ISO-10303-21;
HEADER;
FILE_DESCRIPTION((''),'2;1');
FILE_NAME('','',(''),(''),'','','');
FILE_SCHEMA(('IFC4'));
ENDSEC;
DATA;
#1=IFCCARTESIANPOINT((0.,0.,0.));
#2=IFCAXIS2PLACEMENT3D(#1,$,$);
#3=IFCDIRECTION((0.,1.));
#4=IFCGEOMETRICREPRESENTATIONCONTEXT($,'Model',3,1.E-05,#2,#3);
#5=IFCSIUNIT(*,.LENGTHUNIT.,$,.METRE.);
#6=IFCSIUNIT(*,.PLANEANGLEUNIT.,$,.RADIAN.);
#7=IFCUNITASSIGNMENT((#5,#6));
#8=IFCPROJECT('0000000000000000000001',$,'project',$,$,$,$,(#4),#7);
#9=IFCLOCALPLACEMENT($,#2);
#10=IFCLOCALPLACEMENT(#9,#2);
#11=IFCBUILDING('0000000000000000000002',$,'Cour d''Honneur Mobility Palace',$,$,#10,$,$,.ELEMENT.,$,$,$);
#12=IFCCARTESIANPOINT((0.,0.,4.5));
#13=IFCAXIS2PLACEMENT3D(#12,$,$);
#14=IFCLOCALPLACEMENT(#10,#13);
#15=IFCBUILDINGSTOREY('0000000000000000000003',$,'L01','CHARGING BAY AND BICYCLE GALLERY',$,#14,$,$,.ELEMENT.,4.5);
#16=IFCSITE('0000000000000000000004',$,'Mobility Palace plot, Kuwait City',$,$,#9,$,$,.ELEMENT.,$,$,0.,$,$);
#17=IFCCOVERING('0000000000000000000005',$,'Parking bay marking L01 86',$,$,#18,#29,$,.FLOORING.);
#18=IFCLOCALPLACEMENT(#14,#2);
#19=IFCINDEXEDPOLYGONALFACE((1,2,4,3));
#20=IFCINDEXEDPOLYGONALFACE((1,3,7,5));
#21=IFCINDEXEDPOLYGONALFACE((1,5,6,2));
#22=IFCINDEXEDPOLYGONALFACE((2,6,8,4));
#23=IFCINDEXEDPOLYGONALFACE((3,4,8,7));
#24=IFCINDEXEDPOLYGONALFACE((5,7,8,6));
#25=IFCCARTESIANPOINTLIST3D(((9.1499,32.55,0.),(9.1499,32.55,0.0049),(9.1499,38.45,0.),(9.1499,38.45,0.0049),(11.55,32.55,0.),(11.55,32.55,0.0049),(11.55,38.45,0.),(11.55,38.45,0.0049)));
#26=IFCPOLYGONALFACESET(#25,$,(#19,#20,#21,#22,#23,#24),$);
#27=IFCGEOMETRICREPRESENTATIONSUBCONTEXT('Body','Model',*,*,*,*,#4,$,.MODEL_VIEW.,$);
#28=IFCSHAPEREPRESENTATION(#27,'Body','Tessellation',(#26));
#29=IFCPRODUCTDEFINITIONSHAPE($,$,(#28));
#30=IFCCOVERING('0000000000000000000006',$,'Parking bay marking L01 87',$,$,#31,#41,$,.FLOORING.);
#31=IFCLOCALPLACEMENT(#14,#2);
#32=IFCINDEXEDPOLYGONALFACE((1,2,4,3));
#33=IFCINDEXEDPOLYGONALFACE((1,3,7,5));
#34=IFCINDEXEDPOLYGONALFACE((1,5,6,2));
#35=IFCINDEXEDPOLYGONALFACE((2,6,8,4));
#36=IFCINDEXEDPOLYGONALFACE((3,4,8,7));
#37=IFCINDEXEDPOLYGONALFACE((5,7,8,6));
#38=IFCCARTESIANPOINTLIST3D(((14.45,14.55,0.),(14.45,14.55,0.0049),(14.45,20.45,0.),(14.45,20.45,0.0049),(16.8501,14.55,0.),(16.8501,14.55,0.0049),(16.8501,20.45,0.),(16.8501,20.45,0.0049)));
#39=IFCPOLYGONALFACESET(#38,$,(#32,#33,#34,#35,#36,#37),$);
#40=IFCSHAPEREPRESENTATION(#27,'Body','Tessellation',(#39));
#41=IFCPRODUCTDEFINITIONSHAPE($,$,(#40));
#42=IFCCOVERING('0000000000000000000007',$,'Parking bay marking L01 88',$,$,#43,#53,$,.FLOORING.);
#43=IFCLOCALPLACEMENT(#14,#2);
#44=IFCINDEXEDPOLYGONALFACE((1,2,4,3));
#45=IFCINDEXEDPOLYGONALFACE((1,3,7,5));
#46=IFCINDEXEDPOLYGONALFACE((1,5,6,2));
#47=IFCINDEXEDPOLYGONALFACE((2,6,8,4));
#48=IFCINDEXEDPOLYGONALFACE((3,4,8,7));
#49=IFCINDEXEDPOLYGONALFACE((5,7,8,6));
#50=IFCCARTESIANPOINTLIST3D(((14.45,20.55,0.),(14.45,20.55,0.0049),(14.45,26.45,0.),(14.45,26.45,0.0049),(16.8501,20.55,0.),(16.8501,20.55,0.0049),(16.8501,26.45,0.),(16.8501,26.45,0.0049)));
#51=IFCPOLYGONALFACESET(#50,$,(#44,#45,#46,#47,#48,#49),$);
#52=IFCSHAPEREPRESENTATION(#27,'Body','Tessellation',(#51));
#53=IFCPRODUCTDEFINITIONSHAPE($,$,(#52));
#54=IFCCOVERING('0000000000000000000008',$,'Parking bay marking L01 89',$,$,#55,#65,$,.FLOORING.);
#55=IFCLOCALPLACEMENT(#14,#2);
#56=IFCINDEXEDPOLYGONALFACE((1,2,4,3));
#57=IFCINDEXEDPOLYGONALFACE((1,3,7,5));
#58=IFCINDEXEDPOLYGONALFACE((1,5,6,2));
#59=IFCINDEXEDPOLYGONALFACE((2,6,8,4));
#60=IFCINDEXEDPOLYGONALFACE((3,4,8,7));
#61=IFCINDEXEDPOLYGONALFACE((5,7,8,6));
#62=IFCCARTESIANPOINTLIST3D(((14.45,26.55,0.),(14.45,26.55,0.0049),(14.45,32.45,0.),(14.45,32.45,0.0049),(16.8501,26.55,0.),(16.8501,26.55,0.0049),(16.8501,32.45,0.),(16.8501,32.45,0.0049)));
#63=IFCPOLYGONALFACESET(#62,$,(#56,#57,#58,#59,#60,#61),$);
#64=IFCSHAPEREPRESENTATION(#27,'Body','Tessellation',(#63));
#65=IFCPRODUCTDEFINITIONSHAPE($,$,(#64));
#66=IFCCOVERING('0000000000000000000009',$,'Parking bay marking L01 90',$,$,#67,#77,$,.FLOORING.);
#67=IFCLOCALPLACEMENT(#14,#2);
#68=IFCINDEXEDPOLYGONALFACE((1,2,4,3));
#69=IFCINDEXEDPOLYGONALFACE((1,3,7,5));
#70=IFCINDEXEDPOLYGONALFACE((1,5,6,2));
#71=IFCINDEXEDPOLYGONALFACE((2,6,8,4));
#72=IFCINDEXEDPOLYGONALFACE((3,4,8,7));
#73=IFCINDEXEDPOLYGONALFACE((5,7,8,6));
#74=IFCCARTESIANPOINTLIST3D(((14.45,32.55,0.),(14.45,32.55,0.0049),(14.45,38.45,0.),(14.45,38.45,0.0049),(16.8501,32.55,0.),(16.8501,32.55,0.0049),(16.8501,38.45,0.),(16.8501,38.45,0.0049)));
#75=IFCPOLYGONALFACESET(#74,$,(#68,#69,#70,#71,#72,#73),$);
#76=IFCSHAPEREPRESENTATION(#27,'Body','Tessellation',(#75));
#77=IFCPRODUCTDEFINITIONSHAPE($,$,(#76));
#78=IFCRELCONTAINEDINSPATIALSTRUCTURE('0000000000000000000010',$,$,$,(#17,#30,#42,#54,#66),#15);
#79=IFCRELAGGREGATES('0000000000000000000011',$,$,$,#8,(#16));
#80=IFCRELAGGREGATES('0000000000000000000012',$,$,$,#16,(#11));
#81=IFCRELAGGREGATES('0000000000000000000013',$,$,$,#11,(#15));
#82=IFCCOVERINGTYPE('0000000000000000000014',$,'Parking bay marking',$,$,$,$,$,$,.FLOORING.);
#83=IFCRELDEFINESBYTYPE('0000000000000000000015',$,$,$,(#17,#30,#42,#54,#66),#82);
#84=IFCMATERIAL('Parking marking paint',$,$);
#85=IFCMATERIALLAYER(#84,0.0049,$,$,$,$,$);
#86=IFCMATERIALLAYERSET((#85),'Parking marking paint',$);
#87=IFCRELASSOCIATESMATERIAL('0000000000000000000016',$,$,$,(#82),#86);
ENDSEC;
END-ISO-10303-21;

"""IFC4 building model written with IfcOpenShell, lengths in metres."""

from ifc_helpers import new_model, si_unit, direction, frame, origin, place, context, subcontext, project, spatial, polyline, outline, extrude, material, layer, layer_set, type_object, element, save


model = new_model("IFC4")

# Units and contexts
model_context = context("Model", 3, precision=1e-05, world=origin(), true_north=direction((0.0, 1.0)))
body_context = subcontext(model_context, "Body", "Model", "MODEL_VIEW")
ifc_project = project(units=[si_unit("LENGTHUNIT", "METRE"), si_unit("PLANEANGLEUNIT", "RADIAN")], contexts=[model_context])

# Site, building, storey
site_placement = place(None, origin())
site = spatial("IfcSite", under=ifc_project, at=site_placement, Name="Mobility Palace plot, Kuwait City", CompositionType="ELEMENT", RefElevation=0.0)
building_placement = place(site_placement, origin())
building = spatial("IfcBuilding", under=site, at=building_placement, Name="Cour d'Honneur Mobility Palace", CompositionType="ELEMENT")
storey_placement = place(building_placement, frame((0.0, 0.0, 4.5)))
storey = spatial("IfcBuildingStorey", under=building, at=storey_placement, Name="L01", Description="CHARGING BAY AND BICYCLE GALLERY", CompositionType="ELEMENT", Elevation=4.5)

# Coverings
ifc_material_1 = material(Name="Parking marking paint")
ifc_layer_1 = layer(ifc_material_1, 0.0049)
ifc_layer_set_1 = layer_set([ifc_layer_1], Name="Parking marking paint")
covering_type = type_object("IfcCoveringType", Name="Parking bay marking", PredefinedType="FLOORING", material=ifc_layer_set_1)
covering_1_placement = place(storey_placement, origin())
element("IfcCovering", 1, at=covering_1_placement, inside=storey, type_object=covering_type, Name="Parking bay marking L01 86", PredefinedType="FLOORING", context=body_context, shape_type="SweptSolid", body=[
    extrude(outline(polyline([(11.55, 32.55), (9.1499, 32.55), (9.1499, 38.45), (11.55, 38.45), (11.55, 32.55)])), origin(), (0.0, 0.0, 1.0), 0.0049),
])
covering_2_placement = place(storey_placement, origin())
element("IfcCovering", 2, at=covering_2_placement, inside=storey, type_object=covering_type, Name="Parking bay marking L01 87", PredefinedType="FLOORING", context=body_context, shape_type="SweptSolid", body=[
    extrude(outline(polyline([(16.8501, 14.55), (14.45, 14.55), (14.45, 20.45), (16.8501, 20.45), (16.8501, 14.55)])), origin(), (0.0, 0.0, 1.0), 0.0049),
])
covering_3_placement = place(storey_placement, origin())
element("IfcCovering", 3, at=covering_3_placement, inside=storey, type_object=covering_type, Name="Parking bay marking L01 88", PredefinedType="FLOORING", context=body_context, shape_type="SweptSolid", body=[
    extrude(outline(polyline([(16.8501, 20.55), (14.45, 20.55), (14.45, 26.45), (16.8501, 26.45), (16.8501, 20.55)])), origin(), (0.0, 0.0, 1.0), 0.0049),
])
covering_4_placement = place(storey_placement, origin())
element("IfcCovering", 4, at=covering_4_placement, inside=storey, type_object=covering_type, Name="Parking bay marking L01 89", PredefinedType="FLOORING", context=body_context, shape_type="SweptSolid", body=[
    extrude(outline(polyline([(16.8501, 26.55), (14.45, 26.55), (14.45, 32.45), (16.8501, 32.45), (16.8501, 26.55)])), origin(), (0.0, 0.0, 1.0), 0.0049),
])
covering_5_placement = place(storey_placement, origin())
element("IfcCovering", 5, at=covering_5_placement, inside=storey, type_object=covering_type, Name="Parking bay marking L01 90", PredefinedType="FLOORING", context=body_context, shape_type="SweptSolid", body=[
    extrude(outline(polyline([(16.8501, 32.55), (14.45, 32.55), (14.45, 38.45), (16.8501, 38.45), (16.8501, 32.55)])), origin(), (0.0, 0.0, 1.0), 0.0049),
])

save(model, "model.ifc")
